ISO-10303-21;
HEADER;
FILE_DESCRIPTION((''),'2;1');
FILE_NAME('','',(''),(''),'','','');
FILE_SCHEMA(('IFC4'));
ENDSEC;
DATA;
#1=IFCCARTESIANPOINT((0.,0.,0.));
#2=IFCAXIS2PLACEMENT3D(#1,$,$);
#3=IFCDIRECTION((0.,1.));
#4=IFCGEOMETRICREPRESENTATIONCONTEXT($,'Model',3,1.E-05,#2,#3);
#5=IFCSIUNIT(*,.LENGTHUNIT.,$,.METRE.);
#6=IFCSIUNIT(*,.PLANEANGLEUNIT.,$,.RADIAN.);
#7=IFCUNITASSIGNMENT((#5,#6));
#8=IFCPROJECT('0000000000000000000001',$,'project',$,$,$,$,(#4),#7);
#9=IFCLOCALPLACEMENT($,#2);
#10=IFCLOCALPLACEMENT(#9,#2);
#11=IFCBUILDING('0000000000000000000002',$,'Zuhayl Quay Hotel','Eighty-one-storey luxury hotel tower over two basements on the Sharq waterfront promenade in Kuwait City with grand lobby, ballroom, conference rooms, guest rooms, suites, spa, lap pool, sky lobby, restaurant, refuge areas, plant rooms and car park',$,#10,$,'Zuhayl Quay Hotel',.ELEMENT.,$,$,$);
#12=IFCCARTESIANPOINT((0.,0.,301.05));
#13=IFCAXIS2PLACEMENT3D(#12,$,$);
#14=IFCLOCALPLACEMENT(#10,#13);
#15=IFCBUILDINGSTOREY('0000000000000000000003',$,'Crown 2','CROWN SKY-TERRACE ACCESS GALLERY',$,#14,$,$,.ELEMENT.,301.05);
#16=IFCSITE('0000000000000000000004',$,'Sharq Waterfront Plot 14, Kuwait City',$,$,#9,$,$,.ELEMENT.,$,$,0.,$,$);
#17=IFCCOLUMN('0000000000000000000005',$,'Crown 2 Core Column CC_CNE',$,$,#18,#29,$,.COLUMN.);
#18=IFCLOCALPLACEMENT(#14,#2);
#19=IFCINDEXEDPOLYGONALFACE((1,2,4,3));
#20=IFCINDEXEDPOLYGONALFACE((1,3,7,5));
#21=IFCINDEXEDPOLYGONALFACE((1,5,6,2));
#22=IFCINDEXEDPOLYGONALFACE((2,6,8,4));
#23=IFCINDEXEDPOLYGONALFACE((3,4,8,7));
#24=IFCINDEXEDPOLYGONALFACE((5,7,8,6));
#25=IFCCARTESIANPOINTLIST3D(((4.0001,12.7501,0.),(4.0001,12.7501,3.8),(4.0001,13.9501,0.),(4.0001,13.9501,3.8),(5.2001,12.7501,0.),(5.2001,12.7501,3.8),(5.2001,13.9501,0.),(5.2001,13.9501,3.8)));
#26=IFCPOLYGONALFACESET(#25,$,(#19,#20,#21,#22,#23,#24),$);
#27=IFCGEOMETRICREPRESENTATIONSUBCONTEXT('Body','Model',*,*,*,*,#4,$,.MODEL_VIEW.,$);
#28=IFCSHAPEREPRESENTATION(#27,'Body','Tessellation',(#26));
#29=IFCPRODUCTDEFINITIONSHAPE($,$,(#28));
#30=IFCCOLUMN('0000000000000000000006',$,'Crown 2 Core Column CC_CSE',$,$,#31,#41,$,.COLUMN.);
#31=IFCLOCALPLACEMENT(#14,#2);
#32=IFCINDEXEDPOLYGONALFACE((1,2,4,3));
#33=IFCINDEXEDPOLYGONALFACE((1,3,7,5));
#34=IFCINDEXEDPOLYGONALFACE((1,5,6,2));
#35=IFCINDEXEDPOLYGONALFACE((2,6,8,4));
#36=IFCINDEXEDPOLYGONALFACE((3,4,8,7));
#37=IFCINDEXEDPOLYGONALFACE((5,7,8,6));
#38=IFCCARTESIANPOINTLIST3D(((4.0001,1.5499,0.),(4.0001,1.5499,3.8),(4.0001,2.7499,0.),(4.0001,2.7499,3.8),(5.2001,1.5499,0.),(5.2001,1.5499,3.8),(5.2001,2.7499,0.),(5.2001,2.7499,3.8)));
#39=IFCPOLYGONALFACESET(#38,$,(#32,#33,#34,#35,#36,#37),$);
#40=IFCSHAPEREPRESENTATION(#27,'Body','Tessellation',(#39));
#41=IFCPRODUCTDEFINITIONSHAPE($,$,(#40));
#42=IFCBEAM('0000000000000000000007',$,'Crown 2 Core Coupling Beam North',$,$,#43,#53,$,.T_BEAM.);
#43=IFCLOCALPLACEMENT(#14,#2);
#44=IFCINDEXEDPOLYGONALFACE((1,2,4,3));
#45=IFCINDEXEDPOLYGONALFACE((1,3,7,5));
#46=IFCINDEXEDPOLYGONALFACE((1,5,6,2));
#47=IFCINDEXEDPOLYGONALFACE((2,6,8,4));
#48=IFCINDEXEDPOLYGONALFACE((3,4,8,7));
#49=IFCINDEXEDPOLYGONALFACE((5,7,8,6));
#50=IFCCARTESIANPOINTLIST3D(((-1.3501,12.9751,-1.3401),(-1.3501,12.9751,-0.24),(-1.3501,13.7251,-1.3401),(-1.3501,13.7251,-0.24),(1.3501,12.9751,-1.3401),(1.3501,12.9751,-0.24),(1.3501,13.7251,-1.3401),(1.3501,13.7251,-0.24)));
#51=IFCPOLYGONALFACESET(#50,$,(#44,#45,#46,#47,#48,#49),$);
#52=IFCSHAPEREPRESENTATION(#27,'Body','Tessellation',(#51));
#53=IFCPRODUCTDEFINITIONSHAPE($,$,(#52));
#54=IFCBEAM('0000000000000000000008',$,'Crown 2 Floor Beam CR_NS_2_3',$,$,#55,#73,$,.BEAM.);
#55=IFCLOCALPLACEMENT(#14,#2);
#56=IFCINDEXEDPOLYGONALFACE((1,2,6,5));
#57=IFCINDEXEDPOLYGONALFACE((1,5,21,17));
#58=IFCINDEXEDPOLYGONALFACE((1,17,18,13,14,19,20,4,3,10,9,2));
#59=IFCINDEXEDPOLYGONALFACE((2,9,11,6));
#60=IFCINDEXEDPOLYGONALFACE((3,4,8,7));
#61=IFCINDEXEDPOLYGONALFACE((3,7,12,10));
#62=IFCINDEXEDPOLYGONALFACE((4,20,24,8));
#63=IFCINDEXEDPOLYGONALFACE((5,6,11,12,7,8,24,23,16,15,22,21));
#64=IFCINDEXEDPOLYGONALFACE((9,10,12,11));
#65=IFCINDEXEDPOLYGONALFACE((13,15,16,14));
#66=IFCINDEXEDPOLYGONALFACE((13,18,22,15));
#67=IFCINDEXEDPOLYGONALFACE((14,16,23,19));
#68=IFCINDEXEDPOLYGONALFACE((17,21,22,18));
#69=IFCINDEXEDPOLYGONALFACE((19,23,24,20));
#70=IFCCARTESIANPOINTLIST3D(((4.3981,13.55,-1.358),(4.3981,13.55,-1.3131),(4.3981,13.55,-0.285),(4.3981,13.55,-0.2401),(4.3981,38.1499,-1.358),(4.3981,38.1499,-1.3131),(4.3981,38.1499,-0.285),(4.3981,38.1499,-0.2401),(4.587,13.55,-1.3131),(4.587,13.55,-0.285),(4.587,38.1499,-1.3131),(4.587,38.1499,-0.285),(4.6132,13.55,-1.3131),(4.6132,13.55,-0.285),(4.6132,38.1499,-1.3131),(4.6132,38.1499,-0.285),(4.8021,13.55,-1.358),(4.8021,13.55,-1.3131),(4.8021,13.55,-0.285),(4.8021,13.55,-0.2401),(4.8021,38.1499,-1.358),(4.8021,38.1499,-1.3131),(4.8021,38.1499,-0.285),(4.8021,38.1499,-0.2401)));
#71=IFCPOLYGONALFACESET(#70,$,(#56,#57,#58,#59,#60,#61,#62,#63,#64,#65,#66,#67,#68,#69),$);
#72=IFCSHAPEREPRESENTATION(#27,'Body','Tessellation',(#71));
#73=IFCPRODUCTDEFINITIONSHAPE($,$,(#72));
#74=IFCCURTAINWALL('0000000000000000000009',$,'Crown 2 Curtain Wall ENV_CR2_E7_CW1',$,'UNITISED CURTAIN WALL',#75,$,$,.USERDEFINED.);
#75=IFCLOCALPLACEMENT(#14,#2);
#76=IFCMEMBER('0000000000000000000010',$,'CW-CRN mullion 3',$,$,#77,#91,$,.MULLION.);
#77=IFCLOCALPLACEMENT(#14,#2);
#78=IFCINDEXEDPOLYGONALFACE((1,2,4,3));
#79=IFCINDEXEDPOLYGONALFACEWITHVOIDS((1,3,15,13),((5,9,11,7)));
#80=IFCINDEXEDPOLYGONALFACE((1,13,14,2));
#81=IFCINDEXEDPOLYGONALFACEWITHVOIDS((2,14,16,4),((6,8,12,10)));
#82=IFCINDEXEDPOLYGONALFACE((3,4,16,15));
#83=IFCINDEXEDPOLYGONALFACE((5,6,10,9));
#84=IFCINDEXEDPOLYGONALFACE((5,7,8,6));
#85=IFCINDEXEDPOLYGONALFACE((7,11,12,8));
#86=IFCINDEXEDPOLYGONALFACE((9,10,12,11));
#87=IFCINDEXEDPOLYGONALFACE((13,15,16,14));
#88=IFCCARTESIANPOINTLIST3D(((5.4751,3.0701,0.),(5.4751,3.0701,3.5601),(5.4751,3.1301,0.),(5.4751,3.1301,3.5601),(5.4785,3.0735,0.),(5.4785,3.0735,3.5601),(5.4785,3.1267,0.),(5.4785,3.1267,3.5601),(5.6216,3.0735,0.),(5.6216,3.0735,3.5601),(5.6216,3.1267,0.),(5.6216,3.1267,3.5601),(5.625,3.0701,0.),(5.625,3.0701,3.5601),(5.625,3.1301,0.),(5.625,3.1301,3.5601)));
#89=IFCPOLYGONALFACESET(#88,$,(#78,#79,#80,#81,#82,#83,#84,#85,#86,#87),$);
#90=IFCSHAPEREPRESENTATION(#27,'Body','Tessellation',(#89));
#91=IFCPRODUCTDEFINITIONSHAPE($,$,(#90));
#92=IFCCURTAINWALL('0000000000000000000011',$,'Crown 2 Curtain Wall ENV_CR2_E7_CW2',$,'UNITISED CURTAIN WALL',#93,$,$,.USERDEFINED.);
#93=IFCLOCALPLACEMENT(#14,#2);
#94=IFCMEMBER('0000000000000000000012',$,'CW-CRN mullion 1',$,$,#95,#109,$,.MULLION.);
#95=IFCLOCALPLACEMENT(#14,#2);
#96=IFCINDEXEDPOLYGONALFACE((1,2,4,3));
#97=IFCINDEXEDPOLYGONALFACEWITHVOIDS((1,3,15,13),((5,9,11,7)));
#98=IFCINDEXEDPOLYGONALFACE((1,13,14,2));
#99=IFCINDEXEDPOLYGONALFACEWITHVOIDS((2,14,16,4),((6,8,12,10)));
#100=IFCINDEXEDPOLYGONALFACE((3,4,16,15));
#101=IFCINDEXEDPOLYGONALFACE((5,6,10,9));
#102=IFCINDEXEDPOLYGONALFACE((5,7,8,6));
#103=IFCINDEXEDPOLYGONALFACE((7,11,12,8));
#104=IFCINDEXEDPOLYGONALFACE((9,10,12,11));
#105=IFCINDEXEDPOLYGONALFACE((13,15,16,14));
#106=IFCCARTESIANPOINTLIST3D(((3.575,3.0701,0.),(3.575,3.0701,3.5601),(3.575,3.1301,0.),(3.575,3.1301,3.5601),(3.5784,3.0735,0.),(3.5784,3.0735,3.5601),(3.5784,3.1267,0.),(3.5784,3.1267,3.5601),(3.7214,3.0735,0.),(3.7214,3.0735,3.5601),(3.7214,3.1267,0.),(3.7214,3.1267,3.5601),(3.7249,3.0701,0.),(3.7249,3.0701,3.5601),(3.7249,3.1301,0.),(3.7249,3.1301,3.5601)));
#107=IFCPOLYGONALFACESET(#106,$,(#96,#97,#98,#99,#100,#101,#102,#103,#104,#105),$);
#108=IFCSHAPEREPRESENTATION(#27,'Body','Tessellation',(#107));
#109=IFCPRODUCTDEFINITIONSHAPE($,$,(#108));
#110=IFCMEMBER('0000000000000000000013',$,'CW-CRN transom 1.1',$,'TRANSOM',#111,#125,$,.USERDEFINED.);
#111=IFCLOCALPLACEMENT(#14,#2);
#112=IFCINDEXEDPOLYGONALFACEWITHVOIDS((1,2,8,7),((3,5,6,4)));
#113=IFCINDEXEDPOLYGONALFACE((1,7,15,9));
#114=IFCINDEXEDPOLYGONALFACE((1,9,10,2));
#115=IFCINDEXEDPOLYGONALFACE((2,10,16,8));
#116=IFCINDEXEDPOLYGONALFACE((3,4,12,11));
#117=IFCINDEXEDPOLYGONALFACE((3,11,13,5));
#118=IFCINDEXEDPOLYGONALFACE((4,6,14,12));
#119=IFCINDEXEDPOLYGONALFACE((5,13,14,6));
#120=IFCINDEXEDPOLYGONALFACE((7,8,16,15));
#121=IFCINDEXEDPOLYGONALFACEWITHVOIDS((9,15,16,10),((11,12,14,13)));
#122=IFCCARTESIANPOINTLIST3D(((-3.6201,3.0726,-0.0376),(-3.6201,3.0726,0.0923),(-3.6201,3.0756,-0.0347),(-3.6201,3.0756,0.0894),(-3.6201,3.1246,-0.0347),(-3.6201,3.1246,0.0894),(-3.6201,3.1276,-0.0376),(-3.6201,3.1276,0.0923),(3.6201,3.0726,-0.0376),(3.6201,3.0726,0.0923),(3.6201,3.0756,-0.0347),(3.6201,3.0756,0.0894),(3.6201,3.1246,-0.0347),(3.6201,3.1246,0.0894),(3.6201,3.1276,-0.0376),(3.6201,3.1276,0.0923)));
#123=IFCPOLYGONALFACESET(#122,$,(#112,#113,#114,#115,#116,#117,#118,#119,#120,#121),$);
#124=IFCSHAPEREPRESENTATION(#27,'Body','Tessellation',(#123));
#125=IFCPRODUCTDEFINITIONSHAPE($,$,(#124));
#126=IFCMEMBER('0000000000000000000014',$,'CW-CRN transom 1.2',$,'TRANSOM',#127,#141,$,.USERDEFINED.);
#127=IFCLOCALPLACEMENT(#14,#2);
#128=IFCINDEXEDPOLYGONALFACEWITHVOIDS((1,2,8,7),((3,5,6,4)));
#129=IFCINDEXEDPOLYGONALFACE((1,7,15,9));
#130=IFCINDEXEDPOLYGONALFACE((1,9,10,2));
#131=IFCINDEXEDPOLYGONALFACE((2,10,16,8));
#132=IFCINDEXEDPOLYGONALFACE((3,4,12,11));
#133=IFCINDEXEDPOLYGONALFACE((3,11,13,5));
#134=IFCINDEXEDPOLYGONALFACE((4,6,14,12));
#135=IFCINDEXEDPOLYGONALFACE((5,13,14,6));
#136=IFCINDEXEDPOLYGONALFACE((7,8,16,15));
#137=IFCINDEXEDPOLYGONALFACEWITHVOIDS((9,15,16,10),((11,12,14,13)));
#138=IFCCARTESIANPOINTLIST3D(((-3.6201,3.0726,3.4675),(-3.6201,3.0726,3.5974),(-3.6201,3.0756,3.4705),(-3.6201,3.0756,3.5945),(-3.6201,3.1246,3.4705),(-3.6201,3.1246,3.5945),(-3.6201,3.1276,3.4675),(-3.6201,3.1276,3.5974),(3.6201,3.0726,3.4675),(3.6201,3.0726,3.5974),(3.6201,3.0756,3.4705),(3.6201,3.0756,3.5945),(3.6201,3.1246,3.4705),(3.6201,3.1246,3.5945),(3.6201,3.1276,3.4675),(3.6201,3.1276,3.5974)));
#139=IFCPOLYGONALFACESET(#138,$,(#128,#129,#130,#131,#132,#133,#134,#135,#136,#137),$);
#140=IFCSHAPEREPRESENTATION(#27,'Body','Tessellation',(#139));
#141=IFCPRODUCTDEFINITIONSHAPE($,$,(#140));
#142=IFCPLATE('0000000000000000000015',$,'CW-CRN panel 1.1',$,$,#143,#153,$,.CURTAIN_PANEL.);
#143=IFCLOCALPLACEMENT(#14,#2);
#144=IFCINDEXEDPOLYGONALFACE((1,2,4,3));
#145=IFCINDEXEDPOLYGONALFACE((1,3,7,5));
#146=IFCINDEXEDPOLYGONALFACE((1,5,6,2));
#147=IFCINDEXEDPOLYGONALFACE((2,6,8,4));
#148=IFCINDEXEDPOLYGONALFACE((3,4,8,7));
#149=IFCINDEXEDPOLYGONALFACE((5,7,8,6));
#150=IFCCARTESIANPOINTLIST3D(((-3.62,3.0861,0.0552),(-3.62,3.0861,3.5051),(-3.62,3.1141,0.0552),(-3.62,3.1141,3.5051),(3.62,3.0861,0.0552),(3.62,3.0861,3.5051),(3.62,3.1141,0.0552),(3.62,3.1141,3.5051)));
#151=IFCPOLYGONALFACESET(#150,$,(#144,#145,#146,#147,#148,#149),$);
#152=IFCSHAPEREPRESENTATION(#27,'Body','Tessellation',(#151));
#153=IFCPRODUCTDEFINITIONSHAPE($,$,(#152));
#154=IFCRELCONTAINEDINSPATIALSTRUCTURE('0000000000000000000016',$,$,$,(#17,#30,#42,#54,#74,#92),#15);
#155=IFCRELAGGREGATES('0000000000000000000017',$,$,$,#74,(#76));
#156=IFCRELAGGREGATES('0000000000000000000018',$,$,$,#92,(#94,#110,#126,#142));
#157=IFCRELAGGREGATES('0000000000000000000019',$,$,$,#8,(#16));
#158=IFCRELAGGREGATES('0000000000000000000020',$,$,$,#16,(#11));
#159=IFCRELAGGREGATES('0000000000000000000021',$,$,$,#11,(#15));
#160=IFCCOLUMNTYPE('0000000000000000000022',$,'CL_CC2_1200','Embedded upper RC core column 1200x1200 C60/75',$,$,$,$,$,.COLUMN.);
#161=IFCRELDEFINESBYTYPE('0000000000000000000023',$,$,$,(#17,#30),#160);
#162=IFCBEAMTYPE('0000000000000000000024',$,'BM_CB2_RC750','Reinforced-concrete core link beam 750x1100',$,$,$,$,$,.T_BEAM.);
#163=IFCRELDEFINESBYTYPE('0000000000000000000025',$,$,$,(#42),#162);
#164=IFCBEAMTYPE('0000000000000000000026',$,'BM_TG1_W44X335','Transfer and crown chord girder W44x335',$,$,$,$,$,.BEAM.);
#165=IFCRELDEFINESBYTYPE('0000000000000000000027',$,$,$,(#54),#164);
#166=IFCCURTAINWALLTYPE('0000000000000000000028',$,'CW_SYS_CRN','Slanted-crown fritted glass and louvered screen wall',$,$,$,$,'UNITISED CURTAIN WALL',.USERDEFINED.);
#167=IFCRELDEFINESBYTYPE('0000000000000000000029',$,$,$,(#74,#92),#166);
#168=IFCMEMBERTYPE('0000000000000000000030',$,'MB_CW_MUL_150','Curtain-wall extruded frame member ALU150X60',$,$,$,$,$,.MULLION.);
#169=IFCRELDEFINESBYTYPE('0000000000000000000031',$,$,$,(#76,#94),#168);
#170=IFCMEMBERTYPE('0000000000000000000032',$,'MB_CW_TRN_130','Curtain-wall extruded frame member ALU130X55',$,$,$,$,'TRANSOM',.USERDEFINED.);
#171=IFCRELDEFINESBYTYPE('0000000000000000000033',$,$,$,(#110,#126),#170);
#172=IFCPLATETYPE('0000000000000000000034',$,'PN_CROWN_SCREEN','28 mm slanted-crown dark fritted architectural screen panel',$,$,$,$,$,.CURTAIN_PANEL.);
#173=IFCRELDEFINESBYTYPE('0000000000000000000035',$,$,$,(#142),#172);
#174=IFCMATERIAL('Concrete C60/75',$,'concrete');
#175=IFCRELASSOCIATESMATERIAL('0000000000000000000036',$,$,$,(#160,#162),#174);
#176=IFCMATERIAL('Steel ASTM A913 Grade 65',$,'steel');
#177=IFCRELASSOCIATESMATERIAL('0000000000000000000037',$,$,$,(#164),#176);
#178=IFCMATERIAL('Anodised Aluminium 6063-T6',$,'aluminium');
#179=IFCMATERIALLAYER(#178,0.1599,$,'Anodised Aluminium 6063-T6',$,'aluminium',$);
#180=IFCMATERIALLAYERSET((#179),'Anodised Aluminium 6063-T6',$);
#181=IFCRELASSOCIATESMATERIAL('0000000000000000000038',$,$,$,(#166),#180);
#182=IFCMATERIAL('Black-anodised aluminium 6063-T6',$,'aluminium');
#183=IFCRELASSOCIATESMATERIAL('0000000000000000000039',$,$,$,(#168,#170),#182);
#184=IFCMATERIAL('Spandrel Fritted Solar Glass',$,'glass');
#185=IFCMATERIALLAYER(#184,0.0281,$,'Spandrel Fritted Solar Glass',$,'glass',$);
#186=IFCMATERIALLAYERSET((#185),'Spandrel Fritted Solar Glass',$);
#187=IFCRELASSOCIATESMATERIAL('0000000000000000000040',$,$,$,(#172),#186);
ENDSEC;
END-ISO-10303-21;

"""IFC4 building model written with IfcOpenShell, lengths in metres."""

from ifc_helpers import new_model, si_unit, direction, frame, origin, origin_2d, place, context, subcontext, project, spatial, rectangle, hollow_rectangle, i_section, extrude, material, layer, layer_set, material_profile, profile_set, type_object, element, aggregate, save


model = new_model("IFC4")

# Units and contexts
model_context = context("Model", 3, precision=1e-05, world=origin(), true_north=direction((0.0, 1.0)))
body_context = subcontext(model_context, "Body", "Model", "MODEL_VIEW")
ifc_project = project(units=[si_unit("LENGTHUNIT", "METRE"), si_unit("PLANEANGLEUNIT", "RADIAN")], contexts=[model_context])

# Site, building, storey
site_placement = place(None, origin())
site = spatial("IfcSite", under=ifc_project, at=site_placement, Name="Sharq Waterfront Plot 14, Kuwait City", CompositionType="ELEMENT", RefElevation=0.0)
building_placement = place(site_placement, origin())
building = spatial("IfcBuilding", under=site, at=building_placement, Name="Zuhayl Quay Hotel", Description="Eighty-one-storey luxury hotel tower over two basements on the Sharq waterfront promenade in Kuwait City with grand lobby, ballroom, conference rooms, guest rooms, suites, spa, lap pool, sky lobby, restaurant, refuge areas, plant rooms and car park", LongName="Zuhayl Quay Hotel", CompositionType="ELEMENT")
storey_placement = place(building_placement, frame((0.0, 0.0, 301.05)))
storey = spatial("IfcBuildingStorey", under=building, at=storey_placement, Name="Crown 2", Description="CROWN SKY-TERRACE ACCESS GALLERY", CompositionType="ELEMENT", Elevation=301.05)

# Columns
ifc_material_1 = material(Name="Concrete C60/75", Category="concrete")
ifc_material_profile_1 = material_profile(ifc_material_1, rectangle(XDim=1.2, YDim=1.2, at=origin_2d()), Name="RC1200X1200")
ifc_profile_set_1 = profile_set([ifc_material_profile_1], Name="Concrete C60/75")
column_type = type_object("IfcColumnType", Name="CL_CC2_1200", Description="Embedded upper RC core column 1200x1200 C60/75", PredefinedType="COLUMN", material=ifc_profile_set_1)
for number, where, z_axis, x_axis, name in (
    (1, (4.6001, 13.3501, 0.0), (0.0, 0.0, 1.0), (1.0, 0.0, 0.0), "Crown 2 Core Column CC_CNE"),
    (2, (4.6001, 2.1499, 0.0), (0.0, 0.0, 1.0), (1.0, 0.0, 0.0), "Crown 2 Core Column CC_CSE"),
):
    element("IfcColumn", number, at=place(storey_placement, frame(where, z_axis=z_axis, x_axis=x_axis)), inside=storey, type_object=column_type, Name=name, PredefinedType="COLUMN", context=body_context, shape_type="SweptSolid", body=[
        extrude(rectangle(XDim=1.2, YDim=1.2, at=origin_2d()), origin(), (0.0, 0.0, 1.0), 3.8),
    ])

# Beams
ifc_material_profile_2 = material_profile(ifc_material_1, rectangle(XDim=0.75, YDim=1.1001, at=origin_2d()), Name="RC750X1100")
ifc_profile_set_2 = profile_set([ifc_material_profile_2], Name="Concrete C60/75")
beam_type_1 = type_object("IfcBeamType", Name="BM_CB2_RC750", Description="Reinforced-concrete core link beam 750x1100", PredefinedType="T_BEAM", material=ifc_profile_set_2)
beam_1_placement = place(storey_placement, frame((-1.3501, 13.3501, -0.79), z_axis=(1.0, 0.0, 0.0), x_axis=(0.0, 1.0, 0.0)))
element("IfcBeam", 3, at=beam_1_placement, inside=storey, type_object=beam_type_1, Name="Crown 2 Core Coupling Beam North", PredefinedType="T_BEAM", context=body_context, shape_type="SweptSolid", body=[
    extrude(rectangle(XDim=0.75, YDim=1.1001, at=origin_2d()), origin(), (0.0, 0.0, 1.0), 2.7002),
])
ifc_material_2 = material(Name="Steel ASTM A913 Grade 65", Category="steel")
ifc_material_profile_3 = material_profile(ifc_material_2, i_section(OverallWidth=0.4041, OverallDepth=1.1179, WebThickness=0.0261, FlangeThickness=0.0449, at=origin_2d()), Name="W44X335")
ifc_profile_set_3 = profile_set([ifc_material_profile_3], Name="Steel ASTM A913 Grade 65")
beam_type_2 = type_object("IfcBeamType", Name="BM_TG1_W44X335", Description="Transfer and crown chord girder W44x335", PredefinedType="BEAM", material=ifc_profile_set_3)
beam_2_placement = place(storey_placement, frame((4.6001, 13.55, -0.7991), z_axis=(0.0, 1.0, 0.0), x_axis=(-1.0, 0.0, 0.0)))
element("IfcBeam", 4, at=beam_2_placement, inside=storey, type_object=beam_type_2, Name="Crown 2 Floor Beam CR_NS_2_3", PredefinedType="BEAM", context=body_context, shape_type="SweptSolid", body=[
    extrude(i_section(OverallWidth=0.4041, OverallDepth=1.1179, WebThickness=0.0261, FlangeThickness=0.0449, at=origin_2d()), origin(), (0.0, 0.0, 1.0), 24.5999),
])

# Curtain wall, member
ifc_material_3 = material(Name="Anodised Aluminium 6063-T6", Category="aluminium")
ifc_layer_1 = layer(ifc_material_3, 0.1599, Name="Anodised Aluminium 6063-T6", Category="aluminium")
ifc_layer_set_1 = layer_set([ifc_layer_1], Name="Anodised Aluminium 6063-T6")
curtain_wall_type = type_object("IfcCurtainWallType", Name="CW_SYS_CRN", Description="Slanted-crown fritted glass and louvered screen wall", ElementType="UNITISED CURTAIN WALL", PredefinedType="USERDEFINED", material=ifc_layer_set_1)
curtain_wall_1_placement = place(storey_placement, origin())
curtain_wall_1 = element("IfcCurtainWall", 5, at=curtain_wall_1_placement, inside=storey, type_object=curtain_wall_type, Name="Crown 2 Curtain Wall ENV_CR2_E7_CW1", ObjectType="UNITISED CURTAIN WALL", PredefinedType="USERDEFINED")
ifc_material_4 = material(Name="Black-anodised aluminium 6063-T6", Category="aluminium")
ifc_material_profile_4 = material_profile(ifc_material_4, hollow_rectangle(XDim=0.0601, YDim=0.1499, WallThickness=0.0034, at=origin_2d()), Name="ALU150X60")
ifc_profile_set_4 = profile_set([ifc_material_profile_4], Name="Black-anodised aluminium 6063-T6")
member_type_1 = type_object("IfcMemberType", Name="MB_CW_MUL_150", Description="Curtain-wall extruded frame member ALU150X60", PredefinedType="MULLION", material=ifc_profile_set_4)
member_1_placement = place(storey_placement, frame((5.55, 3.1001, 0.0), z_axis=(0.0, 0.0, 1.0), x_axis=(0.0, -1.0, 0.0)))
member_1 = element("IfcMember", 6, at=member_1_placement, type_object=member_type_1, Name="CW-CRN mullion 3", PredefinedType="MULLION", context=body_context, shape_type="SweptSolid", body=[
    extrude(hollow_rectangle(XDim=0.0601, YDim=0.1499, WallThickness=0.0034, at=origin_2d()), origin(), (0.0, 0.0, 1.0), 3.5601),
])
aggregate(curtain_wall_1, [member_1])

# Curtain wall, members, plate
curtain_wall_2_placement = place(storey_placement, origin())
curtain_wall_2 = element("IfcCurtainWall", 7, at=curtain_wall_2_placement, inside=storey, type_object=curtain_wall_type, Name="Crown 2 Curtain Wall ENV_CR2_E7_CW2", ObjectType="UNITISED CURTAIN WALL", PredefinedType="USERDEFINED")
member_2_placement = place(storey_placement, frame((3.6499, 3.1001, 0.0), z_axis=(0.0, 0.0, 1.0), x_axis=(0.0, -1.0, 0.0)))
member_2 = element("IfcMember", 8, at=member_2_placement, type_object=member_type_1, Name="CW-CRN mullion 1", PredefinedType="MULLION", context=body_context, shape_type="SweptSolid", body=[
    extrude(hollow_rectangle(XDim=0.0601, YDim=0.1499, WallThickness=0.0034, at=origin_2d()), origin(), (0.0, 0.0, 1.0), 3.5601),
])
ifc_material_profile_5 = material_profile(ifc_material_4, hollow_rectangle(XDim=0.0549, YDim=0.1299, WallThickness=0.0029, at=origin_2d()), Name="ALU130X55")
ifc_profile_set_5 = profile_set([ifc_material_profile_5], Name="Black-anodised aluminium 6063-T6")
member_type_2 = type_object("IfcMemberType", Name="MB_CW_TRN_130", Description="Curtain-wall extruded frame member ALU130X55", ElementType="TRANSOM", PredefinedType="USERDEFINED", material=ifc_profile_set_5)
member_3_placement = place(storey_placement, frame((3.6201, 3.1001, 0.0273), z_axis=(-1.0, 0.0, 0.0), x_axis=(0.0, -1.0, 0.0)))
member_3 = element("IfcMember", 9, at=member_3_placement, type_object=member_type_2, Name="CW-CRN transom 1.1", ObjectType="TRANSOM", PredefinedType="USERDEFINED", context=body_context, shape_type="SweptSolid", body=[
    extrude(hollow_rectangle(XDim=0.0549, YDim=0.1299, WallThickness=0.0029, at=origin_2d()), origin(), (0.0, 0.0, 1.0), 7.2402),
])
member_4_placement = place(storey_placement, frame((3.6201, 3.1001, 3.5325), z_axis=(-1.0, 0.0, 0.0), x_axis=(0.0, -1.0, 0.0)))
member_4 = element("IfcMember", 10, at=member_4_placement, type_object=member_type_2, Name="CW-CRN transom 1.2", ObjectType="TRANSOM", PredefinedType="USERDEFINED", context=body_context, shape_type="SweptSolid", body=[
    extrude(hollow_rectangle(XDim=0.0549, YDim=0.1299, WallThickness=0.0029, at=origin_2d()), origin(), (0.0, 0.0, 1.0), 7.2402),
])
ifc_material_5 = material(Name="Spandrel Fritted Solar Glass", Category="glass")
ifc_layer_2 = layer(ifc_material_5, 0.0281, Name="Spandrel Fritted Solar Glass", Category="glass")
ifc_layer_set_2 = layer_set([ifc_layer_2], Name="Spandrel Fritted Solar Glass")
plate_type = type_object("IfcPlateType", Name="PN_CROWN_SCREEN", Description="28 mm slanted-crown dark fritted architectural screen panel", PredefinedType="CURTAIN_PANEL", material=ifc_layer_set_2)
plate_placement = place(storey_placement, frame((0.0, 3.1001, 0.0552), z_axis=(0.0, 0.0, 1.0), x_axis=(-1.0, 0.0, 0.0)))
plate = element("IfcPlate", 11, at=plate_placement, type_object=plate_type, Name="CW-CRN panel 1.1", PredefinedType="CURTAIN_PANEL", context=body_context, shape_type="SweptSolid", body=[
    extrude(rectangle(XDim=7.24, YDim=0.0281, at=origin_2d()), origin(), (0.0, 0.0, 1.0), 3.45),
])
aggregate(curtain_wall_2, [member_2, member_3, member_4, plate])

save(model, "model.ifc")
